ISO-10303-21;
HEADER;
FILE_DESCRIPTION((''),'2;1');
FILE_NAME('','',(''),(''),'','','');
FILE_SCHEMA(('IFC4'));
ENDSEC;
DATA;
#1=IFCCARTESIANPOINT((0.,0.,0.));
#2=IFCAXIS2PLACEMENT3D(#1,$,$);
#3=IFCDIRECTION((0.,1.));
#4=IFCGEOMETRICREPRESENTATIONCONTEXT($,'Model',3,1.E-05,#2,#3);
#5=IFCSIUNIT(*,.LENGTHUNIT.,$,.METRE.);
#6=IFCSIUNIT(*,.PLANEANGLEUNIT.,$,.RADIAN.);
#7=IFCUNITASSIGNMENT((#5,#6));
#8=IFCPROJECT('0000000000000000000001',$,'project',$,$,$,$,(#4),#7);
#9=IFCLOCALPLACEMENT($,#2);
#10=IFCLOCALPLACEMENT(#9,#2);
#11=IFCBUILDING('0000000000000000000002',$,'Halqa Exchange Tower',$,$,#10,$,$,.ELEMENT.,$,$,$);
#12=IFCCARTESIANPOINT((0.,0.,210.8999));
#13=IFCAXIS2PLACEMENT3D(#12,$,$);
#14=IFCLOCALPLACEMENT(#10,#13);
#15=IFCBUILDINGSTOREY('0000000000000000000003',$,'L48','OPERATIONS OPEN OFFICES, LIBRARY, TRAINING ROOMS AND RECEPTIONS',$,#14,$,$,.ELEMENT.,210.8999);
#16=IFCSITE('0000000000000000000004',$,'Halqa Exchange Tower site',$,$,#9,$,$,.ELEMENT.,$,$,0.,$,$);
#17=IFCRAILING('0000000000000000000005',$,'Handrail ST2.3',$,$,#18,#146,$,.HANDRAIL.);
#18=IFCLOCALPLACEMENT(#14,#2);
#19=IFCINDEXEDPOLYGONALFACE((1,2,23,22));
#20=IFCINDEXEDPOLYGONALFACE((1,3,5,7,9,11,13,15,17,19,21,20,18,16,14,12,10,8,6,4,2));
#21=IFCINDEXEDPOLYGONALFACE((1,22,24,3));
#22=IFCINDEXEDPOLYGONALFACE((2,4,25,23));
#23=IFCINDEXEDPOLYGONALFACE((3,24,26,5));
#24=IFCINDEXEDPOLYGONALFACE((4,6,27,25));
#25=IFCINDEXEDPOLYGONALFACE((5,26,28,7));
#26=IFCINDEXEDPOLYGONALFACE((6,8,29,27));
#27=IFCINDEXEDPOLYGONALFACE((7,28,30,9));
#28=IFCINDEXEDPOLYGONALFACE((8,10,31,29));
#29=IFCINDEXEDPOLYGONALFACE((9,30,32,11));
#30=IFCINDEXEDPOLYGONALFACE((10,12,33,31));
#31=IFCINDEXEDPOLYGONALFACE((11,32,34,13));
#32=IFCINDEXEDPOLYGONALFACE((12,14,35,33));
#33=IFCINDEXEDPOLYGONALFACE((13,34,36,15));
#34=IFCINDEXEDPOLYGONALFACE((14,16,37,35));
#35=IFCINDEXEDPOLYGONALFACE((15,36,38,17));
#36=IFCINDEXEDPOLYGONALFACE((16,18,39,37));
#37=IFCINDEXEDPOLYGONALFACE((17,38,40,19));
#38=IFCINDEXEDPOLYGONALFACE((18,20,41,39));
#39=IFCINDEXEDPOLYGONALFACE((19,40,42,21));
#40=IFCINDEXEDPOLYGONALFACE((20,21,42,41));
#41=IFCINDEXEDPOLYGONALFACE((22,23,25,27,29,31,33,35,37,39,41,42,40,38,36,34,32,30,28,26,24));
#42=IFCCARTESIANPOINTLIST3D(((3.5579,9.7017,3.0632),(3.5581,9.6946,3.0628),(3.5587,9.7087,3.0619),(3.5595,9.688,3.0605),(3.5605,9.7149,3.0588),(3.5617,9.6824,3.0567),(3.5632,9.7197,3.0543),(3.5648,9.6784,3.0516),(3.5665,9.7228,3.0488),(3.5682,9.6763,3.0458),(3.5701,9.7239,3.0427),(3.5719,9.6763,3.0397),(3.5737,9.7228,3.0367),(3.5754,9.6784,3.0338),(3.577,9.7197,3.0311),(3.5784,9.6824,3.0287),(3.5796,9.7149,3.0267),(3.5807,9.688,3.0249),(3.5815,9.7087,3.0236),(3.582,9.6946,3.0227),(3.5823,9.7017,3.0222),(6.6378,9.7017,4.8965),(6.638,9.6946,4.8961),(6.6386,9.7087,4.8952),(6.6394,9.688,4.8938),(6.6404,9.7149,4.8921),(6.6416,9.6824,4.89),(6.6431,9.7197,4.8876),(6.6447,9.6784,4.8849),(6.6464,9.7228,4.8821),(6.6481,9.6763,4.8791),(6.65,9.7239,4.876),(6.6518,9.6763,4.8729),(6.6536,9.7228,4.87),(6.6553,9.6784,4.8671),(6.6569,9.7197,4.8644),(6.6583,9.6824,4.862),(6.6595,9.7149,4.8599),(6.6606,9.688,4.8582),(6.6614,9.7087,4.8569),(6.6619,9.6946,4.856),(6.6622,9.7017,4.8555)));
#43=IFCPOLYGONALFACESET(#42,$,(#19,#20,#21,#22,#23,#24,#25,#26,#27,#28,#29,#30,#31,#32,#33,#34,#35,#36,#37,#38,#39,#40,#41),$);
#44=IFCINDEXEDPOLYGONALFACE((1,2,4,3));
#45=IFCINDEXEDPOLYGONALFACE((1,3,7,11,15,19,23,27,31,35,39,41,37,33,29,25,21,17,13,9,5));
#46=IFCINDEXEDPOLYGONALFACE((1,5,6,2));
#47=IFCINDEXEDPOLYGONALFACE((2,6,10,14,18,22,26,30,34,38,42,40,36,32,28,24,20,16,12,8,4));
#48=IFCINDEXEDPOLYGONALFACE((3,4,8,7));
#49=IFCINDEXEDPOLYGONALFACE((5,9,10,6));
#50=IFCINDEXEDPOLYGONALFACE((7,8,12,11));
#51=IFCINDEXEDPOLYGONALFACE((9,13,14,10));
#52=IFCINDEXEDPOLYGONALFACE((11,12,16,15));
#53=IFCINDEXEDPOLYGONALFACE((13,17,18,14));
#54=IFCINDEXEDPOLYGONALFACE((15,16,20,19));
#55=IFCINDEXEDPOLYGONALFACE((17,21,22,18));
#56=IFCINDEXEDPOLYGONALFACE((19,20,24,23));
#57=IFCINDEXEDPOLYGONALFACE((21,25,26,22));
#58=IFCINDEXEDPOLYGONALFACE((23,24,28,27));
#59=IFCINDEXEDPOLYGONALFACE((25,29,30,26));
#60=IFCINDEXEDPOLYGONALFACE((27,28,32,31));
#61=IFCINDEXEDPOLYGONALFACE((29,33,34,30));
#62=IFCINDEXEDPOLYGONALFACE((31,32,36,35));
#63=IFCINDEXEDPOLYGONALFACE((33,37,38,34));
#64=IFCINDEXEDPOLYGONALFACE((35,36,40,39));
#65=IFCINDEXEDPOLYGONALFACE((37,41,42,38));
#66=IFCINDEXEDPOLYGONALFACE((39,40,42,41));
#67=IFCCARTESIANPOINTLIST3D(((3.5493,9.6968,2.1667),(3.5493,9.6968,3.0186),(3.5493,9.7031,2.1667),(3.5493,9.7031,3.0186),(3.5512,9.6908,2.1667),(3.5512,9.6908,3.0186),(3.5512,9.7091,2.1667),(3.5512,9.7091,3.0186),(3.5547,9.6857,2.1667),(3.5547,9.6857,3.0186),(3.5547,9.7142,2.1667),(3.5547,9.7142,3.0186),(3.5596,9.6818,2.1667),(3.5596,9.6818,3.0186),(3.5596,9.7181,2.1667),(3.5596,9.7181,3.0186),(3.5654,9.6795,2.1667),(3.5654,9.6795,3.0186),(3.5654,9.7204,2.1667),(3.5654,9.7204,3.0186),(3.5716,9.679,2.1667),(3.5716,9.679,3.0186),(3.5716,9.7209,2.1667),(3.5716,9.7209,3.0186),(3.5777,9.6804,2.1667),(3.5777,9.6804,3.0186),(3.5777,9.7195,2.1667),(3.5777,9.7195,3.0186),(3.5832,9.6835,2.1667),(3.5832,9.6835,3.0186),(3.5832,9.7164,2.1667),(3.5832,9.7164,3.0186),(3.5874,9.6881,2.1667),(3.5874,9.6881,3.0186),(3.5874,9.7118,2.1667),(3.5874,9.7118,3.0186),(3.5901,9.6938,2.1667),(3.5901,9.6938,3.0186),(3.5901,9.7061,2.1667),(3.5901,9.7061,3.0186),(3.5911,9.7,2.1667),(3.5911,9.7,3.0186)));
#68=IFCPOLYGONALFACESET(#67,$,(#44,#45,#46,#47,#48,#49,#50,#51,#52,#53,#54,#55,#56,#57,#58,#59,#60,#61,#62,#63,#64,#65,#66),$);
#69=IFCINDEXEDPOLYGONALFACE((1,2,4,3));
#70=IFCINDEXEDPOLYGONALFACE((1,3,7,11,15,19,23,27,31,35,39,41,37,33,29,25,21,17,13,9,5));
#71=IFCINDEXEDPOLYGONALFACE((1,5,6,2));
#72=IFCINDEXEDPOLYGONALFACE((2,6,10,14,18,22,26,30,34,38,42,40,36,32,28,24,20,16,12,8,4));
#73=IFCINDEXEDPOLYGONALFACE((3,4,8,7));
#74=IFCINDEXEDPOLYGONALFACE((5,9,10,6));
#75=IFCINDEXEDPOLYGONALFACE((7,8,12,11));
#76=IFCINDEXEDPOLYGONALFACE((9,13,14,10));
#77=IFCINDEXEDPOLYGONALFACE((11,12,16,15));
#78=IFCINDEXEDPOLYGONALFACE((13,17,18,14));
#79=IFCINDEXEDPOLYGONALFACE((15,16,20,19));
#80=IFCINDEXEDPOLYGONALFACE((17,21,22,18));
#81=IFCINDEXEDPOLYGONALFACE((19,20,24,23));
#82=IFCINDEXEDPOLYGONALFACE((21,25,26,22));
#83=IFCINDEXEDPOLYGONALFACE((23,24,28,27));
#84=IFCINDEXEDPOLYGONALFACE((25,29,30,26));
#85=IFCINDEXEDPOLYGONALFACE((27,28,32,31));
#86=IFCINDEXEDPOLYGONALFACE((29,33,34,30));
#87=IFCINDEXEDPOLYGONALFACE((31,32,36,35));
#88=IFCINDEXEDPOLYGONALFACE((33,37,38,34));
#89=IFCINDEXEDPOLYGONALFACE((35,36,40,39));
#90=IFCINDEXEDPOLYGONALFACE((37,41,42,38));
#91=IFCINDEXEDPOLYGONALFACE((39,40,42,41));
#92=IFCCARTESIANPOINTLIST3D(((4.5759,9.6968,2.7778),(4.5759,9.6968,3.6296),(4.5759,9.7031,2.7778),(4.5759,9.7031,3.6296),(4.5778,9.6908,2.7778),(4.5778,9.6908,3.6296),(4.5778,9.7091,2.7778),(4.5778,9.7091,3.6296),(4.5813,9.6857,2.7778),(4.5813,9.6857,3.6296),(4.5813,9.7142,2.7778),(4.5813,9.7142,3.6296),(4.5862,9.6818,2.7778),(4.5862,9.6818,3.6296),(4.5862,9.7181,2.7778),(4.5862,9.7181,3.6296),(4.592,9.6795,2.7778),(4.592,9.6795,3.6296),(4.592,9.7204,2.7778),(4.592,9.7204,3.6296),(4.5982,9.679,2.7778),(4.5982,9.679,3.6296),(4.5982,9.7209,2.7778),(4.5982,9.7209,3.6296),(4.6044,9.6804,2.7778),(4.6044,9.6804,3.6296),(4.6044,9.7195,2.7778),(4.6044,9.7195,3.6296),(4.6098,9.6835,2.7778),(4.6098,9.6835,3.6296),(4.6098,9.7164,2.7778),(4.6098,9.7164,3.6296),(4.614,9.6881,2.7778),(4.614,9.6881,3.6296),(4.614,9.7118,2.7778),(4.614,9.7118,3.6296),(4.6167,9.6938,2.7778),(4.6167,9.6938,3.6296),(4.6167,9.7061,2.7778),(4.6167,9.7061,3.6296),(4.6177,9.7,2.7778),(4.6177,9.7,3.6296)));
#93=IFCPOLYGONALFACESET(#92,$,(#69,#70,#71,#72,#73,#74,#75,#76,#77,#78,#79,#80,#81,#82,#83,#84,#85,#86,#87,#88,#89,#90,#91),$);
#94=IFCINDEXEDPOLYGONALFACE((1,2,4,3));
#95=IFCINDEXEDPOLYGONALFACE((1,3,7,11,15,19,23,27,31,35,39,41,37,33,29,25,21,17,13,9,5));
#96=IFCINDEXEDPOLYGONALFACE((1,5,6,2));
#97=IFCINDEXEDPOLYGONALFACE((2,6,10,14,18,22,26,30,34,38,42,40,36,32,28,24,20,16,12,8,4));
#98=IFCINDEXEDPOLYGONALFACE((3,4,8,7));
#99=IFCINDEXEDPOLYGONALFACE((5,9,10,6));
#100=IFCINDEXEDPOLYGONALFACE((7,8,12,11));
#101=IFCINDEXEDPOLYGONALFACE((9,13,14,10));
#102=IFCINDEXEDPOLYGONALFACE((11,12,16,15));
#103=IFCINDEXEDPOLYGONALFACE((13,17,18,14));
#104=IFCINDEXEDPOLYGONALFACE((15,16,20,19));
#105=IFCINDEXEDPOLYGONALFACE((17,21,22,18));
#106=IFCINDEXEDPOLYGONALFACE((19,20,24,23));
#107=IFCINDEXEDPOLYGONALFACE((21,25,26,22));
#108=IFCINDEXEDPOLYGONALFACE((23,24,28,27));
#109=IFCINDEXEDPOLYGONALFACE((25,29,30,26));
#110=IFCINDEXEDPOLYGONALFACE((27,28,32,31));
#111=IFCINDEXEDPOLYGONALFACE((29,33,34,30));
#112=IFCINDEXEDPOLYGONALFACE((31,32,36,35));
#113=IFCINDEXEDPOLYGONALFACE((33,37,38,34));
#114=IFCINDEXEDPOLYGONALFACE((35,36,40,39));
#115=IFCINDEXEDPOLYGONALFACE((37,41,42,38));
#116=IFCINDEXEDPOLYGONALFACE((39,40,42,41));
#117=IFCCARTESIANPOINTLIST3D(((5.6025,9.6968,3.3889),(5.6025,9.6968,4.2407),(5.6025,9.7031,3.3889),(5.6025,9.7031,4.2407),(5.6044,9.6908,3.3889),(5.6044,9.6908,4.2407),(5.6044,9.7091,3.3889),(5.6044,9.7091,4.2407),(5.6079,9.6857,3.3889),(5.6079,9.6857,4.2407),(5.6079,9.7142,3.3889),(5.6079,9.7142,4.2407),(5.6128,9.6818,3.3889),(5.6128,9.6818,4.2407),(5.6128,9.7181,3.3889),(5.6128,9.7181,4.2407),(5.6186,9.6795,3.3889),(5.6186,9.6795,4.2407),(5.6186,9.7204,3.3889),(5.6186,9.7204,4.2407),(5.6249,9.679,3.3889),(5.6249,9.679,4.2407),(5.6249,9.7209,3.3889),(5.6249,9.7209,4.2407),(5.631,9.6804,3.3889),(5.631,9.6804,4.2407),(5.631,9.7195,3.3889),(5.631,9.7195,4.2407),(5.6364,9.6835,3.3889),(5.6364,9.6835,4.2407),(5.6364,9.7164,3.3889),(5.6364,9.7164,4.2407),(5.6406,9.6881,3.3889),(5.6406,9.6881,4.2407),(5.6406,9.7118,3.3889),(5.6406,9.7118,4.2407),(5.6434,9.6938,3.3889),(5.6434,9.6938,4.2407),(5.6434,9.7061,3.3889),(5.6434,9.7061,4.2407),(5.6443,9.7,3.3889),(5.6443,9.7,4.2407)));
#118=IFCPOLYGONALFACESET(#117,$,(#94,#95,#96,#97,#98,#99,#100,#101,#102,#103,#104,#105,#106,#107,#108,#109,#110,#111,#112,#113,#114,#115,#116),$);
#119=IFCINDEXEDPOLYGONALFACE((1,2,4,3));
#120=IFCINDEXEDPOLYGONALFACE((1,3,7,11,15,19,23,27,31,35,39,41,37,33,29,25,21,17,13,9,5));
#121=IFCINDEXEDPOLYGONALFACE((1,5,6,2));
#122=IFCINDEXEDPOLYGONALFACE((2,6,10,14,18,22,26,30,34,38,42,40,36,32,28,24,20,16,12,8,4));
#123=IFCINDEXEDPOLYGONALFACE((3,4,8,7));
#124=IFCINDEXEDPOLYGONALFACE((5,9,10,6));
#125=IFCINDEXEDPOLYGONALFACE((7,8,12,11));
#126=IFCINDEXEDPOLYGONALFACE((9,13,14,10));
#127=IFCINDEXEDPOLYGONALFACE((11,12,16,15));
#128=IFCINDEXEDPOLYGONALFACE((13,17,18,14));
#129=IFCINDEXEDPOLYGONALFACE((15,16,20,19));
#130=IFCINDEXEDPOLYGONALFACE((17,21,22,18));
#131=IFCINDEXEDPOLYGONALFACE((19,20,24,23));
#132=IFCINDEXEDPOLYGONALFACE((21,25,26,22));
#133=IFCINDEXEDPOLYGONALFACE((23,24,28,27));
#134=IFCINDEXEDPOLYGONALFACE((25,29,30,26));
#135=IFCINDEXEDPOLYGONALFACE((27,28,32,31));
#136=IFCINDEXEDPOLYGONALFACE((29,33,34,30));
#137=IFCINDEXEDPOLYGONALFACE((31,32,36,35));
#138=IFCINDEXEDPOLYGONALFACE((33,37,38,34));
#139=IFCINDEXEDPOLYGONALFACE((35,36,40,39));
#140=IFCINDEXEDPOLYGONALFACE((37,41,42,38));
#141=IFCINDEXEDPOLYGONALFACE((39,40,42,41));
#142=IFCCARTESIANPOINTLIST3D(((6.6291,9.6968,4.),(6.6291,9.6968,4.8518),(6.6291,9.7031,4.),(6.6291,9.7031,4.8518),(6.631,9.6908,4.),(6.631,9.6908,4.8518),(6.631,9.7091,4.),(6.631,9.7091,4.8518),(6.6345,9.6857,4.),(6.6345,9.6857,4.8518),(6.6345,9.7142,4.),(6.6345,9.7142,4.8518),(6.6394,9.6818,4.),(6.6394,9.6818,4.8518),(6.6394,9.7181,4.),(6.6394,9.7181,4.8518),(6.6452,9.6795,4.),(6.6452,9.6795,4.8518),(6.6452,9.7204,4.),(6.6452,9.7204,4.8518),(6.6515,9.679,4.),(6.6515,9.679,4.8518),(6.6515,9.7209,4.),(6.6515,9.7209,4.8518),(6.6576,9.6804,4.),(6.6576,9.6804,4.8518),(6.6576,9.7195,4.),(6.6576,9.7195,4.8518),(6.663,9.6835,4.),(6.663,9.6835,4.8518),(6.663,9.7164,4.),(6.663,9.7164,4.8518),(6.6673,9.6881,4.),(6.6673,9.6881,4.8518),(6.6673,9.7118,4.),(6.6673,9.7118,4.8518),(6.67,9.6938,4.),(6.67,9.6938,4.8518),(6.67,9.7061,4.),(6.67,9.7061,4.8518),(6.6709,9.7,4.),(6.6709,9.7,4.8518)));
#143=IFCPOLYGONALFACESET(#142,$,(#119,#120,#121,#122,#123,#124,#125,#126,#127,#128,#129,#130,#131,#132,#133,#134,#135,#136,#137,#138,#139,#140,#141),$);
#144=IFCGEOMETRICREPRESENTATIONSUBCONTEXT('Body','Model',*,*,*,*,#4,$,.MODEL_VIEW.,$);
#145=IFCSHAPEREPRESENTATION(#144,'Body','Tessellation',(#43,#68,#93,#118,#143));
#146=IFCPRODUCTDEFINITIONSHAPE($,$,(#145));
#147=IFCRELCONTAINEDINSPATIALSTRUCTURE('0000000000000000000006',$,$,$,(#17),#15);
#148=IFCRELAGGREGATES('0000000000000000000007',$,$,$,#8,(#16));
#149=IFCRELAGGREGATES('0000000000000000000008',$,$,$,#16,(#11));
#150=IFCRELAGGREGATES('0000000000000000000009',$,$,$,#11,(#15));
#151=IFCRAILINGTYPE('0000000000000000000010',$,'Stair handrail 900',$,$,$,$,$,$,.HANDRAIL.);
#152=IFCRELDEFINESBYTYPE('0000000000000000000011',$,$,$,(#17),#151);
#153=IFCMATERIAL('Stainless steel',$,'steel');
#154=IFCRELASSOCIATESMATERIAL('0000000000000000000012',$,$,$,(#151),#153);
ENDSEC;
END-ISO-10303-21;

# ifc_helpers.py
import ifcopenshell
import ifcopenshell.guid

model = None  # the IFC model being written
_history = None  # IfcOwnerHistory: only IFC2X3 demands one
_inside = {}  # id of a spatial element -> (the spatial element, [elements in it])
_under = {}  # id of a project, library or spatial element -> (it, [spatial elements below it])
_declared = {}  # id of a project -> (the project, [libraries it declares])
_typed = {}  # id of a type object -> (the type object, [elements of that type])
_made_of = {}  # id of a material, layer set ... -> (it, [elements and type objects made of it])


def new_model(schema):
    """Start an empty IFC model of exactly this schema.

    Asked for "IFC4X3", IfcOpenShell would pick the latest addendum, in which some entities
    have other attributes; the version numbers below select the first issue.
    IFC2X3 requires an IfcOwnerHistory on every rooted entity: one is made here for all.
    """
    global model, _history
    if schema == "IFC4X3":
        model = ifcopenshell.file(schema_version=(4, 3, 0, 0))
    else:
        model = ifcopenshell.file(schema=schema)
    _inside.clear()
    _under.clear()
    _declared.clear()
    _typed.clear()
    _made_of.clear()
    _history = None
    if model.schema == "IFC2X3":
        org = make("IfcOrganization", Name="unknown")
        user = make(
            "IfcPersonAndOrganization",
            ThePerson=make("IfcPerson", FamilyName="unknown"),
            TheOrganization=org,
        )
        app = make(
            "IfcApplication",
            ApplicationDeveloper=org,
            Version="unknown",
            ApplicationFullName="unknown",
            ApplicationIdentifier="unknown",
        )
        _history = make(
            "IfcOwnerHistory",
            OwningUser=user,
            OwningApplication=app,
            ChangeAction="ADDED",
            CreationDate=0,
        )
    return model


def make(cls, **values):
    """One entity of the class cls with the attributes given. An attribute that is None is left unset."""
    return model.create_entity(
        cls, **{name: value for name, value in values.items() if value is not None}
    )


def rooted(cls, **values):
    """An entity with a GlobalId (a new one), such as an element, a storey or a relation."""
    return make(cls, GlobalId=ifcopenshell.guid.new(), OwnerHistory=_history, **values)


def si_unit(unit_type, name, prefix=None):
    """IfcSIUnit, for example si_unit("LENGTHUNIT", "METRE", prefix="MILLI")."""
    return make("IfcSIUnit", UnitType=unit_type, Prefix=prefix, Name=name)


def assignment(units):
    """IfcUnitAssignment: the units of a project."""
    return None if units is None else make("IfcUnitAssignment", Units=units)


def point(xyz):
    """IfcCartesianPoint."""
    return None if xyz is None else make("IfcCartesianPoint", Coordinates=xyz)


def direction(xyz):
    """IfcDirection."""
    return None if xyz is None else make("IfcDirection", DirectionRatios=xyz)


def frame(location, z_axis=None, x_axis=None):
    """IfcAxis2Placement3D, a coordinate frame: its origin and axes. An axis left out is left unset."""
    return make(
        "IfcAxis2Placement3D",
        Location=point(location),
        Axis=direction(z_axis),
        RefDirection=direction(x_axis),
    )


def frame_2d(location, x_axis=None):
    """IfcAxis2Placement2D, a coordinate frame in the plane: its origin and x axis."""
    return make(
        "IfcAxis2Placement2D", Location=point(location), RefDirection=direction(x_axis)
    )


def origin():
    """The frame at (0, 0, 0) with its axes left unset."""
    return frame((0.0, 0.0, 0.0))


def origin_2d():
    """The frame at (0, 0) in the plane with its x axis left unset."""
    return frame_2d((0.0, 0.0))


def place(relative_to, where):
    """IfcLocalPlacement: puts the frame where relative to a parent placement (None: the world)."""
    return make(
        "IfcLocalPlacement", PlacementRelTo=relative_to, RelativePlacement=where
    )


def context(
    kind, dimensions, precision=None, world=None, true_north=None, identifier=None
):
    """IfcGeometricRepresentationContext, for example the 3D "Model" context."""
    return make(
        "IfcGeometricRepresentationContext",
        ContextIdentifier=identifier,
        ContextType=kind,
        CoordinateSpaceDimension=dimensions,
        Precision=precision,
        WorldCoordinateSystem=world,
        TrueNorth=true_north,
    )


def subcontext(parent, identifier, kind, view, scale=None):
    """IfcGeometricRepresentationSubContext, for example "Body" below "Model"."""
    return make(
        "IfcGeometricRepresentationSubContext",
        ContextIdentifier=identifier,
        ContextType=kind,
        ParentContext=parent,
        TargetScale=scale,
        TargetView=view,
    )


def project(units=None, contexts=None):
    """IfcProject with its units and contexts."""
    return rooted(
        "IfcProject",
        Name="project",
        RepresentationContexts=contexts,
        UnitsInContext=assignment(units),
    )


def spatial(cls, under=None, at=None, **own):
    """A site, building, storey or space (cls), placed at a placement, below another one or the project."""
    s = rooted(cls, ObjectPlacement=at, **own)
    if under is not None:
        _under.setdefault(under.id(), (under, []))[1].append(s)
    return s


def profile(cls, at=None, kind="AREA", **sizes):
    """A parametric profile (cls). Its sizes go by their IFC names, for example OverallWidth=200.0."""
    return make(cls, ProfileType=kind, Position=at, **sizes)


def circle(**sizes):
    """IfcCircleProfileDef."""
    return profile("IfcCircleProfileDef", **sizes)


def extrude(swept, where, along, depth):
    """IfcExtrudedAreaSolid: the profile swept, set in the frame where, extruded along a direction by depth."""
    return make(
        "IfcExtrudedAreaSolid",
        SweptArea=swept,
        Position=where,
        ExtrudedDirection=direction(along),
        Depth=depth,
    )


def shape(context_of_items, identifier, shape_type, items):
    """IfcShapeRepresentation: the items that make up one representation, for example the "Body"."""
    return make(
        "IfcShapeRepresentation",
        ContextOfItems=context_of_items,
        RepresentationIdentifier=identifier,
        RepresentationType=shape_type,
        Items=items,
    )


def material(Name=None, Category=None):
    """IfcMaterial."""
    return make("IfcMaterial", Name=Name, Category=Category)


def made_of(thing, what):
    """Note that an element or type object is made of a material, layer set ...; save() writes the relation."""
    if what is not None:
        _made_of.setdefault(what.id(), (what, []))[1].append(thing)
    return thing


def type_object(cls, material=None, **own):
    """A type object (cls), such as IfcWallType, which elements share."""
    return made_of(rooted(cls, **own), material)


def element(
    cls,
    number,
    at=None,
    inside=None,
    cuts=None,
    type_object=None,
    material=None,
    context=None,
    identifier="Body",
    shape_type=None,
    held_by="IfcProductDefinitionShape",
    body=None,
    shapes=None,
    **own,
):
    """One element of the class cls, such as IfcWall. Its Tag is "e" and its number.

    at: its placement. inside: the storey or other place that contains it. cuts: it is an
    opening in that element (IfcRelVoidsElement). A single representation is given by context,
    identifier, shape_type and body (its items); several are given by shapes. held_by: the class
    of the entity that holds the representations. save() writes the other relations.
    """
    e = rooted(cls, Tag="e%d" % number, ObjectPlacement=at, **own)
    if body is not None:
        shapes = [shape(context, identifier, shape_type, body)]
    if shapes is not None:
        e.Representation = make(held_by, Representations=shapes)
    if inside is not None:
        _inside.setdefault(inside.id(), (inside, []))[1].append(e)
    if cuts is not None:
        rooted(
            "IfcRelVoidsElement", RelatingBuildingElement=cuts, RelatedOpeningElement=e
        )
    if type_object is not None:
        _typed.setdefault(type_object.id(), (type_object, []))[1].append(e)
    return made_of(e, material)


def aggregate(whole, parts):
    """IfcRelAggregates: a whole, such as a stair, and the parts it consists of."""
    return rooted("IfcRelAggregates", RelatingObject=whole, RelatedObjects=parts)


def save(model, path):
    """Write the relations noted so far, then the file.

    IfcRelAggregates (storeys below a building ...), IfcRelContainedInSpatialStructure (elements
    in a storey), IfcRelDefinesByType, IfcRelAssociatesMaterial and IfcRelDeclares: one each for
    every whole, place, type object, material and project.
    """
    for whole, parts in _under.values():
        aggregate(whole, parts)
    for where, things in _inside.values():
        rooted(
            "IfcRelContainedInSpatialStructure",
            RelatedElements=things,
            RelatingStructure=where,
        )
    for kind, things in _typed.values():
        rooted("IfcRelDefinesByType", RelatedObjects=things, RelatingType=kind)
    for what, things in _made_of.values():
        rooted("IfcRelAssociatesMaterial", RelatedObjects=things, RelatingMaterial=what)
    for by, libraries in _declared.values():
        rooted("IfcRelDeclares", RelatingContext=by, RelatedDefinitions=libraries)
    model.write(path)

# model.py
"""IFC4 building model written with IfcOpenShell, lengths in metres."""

from ifc_helpers import new_model, si_unit, direction, frame, origin, origin_2d, place, context, subcontext, project, spatial, circle, extrude, material, type_object, element, save


model = new_model("IFC4")

# Units and contexts
model_context = context("Model", 3, precision=1e-05, world=origin(), true_north=direction((0.0, 1.0)))
body_context = subcontext(model_context, "Body", "Model", "MODEL_VIEW")
ifc_project = project(units=[si_unit("LENGTHUNIT", "METRE"), si_unit("PLANEANGLEUNIT", "RADIAN")], contexts=[model_context])

# Site, building, storey
site_placement = place(None, origin())
site = spatial("IfcSite", under=ifc_project, at=site_placement, Name="Halqa Exchange Tower site", CompositionType="ELEMENT", RefElevation=0.0)
building_placement = place(site_placement, origin())
building = spatial("IfcBuilding", under=site, at=building_placement, Name="Halqa Exchange Tower", CompositionType="ELEMENT")
storey_placement = place(building_placement, frame((0.0, 0.0, 210.8999)))
storey = spatial("IfcBuildingStorey", under=building, at=storey_placement, Name="L48", Description="OPERATIONS OPEN OFFICES, LIBRARY, TRAINING ROOMS AND RECEPTIONS", CompositionType="ELEMENT", Elevation=210.8999)

# Railing
ifc_material_1 = material(Name="Stainless steel", Category="steel")
railing_type_1 = type_object("IfcRailingType", Name="Stair handrail 900", PredefinedType="HANDRAIL", material=ifc_material_1)
railing_1_placement = place(storey_placement, frame((3.5701, 9.7, 2.1667)))
element("IfcRailing", 1, at=railing_1_placement, inside=storey, type_object=railing_type_1, Name="Handrail ST2.3", PredefinedType="HANDRAIL", context=body_context, shape_type="SweptSolid", body=[
    extrude(circle(Radius=0.0239, at=origin_2d()), frame((0.0, 0.0, 0.876), z_axis=(0.859291, 0.0, 0.511487), x_axis=(0.0, 1.0, 0.0)), (0.0, 0.0, 1.0), 3.5842),
    extrude(circle(Radius=0.021, at=origin_2d()), origin(), (0.0, 0.0, 1.0), 0.8518),
    extrude(circle(Radius=0.021, at=origin_2d()), frame((1.0266, 0.0, 0.6111)), (0.0, 0.0, 1.0), 0.8518),
    extrude(circle(Radius=0.021, at=origin_2d()), frame((2.0532, 0.0, 1.2222)), (0.0, 0.0, 1.0), 0.8518),
    extrude(circle(Radius=0.021, at=origin_2d()), frame((3.0798, 0.0, 1.8333)), (0.0, 0.0, 1.0), 0.8518),
])

save(model, "model.ifc")
